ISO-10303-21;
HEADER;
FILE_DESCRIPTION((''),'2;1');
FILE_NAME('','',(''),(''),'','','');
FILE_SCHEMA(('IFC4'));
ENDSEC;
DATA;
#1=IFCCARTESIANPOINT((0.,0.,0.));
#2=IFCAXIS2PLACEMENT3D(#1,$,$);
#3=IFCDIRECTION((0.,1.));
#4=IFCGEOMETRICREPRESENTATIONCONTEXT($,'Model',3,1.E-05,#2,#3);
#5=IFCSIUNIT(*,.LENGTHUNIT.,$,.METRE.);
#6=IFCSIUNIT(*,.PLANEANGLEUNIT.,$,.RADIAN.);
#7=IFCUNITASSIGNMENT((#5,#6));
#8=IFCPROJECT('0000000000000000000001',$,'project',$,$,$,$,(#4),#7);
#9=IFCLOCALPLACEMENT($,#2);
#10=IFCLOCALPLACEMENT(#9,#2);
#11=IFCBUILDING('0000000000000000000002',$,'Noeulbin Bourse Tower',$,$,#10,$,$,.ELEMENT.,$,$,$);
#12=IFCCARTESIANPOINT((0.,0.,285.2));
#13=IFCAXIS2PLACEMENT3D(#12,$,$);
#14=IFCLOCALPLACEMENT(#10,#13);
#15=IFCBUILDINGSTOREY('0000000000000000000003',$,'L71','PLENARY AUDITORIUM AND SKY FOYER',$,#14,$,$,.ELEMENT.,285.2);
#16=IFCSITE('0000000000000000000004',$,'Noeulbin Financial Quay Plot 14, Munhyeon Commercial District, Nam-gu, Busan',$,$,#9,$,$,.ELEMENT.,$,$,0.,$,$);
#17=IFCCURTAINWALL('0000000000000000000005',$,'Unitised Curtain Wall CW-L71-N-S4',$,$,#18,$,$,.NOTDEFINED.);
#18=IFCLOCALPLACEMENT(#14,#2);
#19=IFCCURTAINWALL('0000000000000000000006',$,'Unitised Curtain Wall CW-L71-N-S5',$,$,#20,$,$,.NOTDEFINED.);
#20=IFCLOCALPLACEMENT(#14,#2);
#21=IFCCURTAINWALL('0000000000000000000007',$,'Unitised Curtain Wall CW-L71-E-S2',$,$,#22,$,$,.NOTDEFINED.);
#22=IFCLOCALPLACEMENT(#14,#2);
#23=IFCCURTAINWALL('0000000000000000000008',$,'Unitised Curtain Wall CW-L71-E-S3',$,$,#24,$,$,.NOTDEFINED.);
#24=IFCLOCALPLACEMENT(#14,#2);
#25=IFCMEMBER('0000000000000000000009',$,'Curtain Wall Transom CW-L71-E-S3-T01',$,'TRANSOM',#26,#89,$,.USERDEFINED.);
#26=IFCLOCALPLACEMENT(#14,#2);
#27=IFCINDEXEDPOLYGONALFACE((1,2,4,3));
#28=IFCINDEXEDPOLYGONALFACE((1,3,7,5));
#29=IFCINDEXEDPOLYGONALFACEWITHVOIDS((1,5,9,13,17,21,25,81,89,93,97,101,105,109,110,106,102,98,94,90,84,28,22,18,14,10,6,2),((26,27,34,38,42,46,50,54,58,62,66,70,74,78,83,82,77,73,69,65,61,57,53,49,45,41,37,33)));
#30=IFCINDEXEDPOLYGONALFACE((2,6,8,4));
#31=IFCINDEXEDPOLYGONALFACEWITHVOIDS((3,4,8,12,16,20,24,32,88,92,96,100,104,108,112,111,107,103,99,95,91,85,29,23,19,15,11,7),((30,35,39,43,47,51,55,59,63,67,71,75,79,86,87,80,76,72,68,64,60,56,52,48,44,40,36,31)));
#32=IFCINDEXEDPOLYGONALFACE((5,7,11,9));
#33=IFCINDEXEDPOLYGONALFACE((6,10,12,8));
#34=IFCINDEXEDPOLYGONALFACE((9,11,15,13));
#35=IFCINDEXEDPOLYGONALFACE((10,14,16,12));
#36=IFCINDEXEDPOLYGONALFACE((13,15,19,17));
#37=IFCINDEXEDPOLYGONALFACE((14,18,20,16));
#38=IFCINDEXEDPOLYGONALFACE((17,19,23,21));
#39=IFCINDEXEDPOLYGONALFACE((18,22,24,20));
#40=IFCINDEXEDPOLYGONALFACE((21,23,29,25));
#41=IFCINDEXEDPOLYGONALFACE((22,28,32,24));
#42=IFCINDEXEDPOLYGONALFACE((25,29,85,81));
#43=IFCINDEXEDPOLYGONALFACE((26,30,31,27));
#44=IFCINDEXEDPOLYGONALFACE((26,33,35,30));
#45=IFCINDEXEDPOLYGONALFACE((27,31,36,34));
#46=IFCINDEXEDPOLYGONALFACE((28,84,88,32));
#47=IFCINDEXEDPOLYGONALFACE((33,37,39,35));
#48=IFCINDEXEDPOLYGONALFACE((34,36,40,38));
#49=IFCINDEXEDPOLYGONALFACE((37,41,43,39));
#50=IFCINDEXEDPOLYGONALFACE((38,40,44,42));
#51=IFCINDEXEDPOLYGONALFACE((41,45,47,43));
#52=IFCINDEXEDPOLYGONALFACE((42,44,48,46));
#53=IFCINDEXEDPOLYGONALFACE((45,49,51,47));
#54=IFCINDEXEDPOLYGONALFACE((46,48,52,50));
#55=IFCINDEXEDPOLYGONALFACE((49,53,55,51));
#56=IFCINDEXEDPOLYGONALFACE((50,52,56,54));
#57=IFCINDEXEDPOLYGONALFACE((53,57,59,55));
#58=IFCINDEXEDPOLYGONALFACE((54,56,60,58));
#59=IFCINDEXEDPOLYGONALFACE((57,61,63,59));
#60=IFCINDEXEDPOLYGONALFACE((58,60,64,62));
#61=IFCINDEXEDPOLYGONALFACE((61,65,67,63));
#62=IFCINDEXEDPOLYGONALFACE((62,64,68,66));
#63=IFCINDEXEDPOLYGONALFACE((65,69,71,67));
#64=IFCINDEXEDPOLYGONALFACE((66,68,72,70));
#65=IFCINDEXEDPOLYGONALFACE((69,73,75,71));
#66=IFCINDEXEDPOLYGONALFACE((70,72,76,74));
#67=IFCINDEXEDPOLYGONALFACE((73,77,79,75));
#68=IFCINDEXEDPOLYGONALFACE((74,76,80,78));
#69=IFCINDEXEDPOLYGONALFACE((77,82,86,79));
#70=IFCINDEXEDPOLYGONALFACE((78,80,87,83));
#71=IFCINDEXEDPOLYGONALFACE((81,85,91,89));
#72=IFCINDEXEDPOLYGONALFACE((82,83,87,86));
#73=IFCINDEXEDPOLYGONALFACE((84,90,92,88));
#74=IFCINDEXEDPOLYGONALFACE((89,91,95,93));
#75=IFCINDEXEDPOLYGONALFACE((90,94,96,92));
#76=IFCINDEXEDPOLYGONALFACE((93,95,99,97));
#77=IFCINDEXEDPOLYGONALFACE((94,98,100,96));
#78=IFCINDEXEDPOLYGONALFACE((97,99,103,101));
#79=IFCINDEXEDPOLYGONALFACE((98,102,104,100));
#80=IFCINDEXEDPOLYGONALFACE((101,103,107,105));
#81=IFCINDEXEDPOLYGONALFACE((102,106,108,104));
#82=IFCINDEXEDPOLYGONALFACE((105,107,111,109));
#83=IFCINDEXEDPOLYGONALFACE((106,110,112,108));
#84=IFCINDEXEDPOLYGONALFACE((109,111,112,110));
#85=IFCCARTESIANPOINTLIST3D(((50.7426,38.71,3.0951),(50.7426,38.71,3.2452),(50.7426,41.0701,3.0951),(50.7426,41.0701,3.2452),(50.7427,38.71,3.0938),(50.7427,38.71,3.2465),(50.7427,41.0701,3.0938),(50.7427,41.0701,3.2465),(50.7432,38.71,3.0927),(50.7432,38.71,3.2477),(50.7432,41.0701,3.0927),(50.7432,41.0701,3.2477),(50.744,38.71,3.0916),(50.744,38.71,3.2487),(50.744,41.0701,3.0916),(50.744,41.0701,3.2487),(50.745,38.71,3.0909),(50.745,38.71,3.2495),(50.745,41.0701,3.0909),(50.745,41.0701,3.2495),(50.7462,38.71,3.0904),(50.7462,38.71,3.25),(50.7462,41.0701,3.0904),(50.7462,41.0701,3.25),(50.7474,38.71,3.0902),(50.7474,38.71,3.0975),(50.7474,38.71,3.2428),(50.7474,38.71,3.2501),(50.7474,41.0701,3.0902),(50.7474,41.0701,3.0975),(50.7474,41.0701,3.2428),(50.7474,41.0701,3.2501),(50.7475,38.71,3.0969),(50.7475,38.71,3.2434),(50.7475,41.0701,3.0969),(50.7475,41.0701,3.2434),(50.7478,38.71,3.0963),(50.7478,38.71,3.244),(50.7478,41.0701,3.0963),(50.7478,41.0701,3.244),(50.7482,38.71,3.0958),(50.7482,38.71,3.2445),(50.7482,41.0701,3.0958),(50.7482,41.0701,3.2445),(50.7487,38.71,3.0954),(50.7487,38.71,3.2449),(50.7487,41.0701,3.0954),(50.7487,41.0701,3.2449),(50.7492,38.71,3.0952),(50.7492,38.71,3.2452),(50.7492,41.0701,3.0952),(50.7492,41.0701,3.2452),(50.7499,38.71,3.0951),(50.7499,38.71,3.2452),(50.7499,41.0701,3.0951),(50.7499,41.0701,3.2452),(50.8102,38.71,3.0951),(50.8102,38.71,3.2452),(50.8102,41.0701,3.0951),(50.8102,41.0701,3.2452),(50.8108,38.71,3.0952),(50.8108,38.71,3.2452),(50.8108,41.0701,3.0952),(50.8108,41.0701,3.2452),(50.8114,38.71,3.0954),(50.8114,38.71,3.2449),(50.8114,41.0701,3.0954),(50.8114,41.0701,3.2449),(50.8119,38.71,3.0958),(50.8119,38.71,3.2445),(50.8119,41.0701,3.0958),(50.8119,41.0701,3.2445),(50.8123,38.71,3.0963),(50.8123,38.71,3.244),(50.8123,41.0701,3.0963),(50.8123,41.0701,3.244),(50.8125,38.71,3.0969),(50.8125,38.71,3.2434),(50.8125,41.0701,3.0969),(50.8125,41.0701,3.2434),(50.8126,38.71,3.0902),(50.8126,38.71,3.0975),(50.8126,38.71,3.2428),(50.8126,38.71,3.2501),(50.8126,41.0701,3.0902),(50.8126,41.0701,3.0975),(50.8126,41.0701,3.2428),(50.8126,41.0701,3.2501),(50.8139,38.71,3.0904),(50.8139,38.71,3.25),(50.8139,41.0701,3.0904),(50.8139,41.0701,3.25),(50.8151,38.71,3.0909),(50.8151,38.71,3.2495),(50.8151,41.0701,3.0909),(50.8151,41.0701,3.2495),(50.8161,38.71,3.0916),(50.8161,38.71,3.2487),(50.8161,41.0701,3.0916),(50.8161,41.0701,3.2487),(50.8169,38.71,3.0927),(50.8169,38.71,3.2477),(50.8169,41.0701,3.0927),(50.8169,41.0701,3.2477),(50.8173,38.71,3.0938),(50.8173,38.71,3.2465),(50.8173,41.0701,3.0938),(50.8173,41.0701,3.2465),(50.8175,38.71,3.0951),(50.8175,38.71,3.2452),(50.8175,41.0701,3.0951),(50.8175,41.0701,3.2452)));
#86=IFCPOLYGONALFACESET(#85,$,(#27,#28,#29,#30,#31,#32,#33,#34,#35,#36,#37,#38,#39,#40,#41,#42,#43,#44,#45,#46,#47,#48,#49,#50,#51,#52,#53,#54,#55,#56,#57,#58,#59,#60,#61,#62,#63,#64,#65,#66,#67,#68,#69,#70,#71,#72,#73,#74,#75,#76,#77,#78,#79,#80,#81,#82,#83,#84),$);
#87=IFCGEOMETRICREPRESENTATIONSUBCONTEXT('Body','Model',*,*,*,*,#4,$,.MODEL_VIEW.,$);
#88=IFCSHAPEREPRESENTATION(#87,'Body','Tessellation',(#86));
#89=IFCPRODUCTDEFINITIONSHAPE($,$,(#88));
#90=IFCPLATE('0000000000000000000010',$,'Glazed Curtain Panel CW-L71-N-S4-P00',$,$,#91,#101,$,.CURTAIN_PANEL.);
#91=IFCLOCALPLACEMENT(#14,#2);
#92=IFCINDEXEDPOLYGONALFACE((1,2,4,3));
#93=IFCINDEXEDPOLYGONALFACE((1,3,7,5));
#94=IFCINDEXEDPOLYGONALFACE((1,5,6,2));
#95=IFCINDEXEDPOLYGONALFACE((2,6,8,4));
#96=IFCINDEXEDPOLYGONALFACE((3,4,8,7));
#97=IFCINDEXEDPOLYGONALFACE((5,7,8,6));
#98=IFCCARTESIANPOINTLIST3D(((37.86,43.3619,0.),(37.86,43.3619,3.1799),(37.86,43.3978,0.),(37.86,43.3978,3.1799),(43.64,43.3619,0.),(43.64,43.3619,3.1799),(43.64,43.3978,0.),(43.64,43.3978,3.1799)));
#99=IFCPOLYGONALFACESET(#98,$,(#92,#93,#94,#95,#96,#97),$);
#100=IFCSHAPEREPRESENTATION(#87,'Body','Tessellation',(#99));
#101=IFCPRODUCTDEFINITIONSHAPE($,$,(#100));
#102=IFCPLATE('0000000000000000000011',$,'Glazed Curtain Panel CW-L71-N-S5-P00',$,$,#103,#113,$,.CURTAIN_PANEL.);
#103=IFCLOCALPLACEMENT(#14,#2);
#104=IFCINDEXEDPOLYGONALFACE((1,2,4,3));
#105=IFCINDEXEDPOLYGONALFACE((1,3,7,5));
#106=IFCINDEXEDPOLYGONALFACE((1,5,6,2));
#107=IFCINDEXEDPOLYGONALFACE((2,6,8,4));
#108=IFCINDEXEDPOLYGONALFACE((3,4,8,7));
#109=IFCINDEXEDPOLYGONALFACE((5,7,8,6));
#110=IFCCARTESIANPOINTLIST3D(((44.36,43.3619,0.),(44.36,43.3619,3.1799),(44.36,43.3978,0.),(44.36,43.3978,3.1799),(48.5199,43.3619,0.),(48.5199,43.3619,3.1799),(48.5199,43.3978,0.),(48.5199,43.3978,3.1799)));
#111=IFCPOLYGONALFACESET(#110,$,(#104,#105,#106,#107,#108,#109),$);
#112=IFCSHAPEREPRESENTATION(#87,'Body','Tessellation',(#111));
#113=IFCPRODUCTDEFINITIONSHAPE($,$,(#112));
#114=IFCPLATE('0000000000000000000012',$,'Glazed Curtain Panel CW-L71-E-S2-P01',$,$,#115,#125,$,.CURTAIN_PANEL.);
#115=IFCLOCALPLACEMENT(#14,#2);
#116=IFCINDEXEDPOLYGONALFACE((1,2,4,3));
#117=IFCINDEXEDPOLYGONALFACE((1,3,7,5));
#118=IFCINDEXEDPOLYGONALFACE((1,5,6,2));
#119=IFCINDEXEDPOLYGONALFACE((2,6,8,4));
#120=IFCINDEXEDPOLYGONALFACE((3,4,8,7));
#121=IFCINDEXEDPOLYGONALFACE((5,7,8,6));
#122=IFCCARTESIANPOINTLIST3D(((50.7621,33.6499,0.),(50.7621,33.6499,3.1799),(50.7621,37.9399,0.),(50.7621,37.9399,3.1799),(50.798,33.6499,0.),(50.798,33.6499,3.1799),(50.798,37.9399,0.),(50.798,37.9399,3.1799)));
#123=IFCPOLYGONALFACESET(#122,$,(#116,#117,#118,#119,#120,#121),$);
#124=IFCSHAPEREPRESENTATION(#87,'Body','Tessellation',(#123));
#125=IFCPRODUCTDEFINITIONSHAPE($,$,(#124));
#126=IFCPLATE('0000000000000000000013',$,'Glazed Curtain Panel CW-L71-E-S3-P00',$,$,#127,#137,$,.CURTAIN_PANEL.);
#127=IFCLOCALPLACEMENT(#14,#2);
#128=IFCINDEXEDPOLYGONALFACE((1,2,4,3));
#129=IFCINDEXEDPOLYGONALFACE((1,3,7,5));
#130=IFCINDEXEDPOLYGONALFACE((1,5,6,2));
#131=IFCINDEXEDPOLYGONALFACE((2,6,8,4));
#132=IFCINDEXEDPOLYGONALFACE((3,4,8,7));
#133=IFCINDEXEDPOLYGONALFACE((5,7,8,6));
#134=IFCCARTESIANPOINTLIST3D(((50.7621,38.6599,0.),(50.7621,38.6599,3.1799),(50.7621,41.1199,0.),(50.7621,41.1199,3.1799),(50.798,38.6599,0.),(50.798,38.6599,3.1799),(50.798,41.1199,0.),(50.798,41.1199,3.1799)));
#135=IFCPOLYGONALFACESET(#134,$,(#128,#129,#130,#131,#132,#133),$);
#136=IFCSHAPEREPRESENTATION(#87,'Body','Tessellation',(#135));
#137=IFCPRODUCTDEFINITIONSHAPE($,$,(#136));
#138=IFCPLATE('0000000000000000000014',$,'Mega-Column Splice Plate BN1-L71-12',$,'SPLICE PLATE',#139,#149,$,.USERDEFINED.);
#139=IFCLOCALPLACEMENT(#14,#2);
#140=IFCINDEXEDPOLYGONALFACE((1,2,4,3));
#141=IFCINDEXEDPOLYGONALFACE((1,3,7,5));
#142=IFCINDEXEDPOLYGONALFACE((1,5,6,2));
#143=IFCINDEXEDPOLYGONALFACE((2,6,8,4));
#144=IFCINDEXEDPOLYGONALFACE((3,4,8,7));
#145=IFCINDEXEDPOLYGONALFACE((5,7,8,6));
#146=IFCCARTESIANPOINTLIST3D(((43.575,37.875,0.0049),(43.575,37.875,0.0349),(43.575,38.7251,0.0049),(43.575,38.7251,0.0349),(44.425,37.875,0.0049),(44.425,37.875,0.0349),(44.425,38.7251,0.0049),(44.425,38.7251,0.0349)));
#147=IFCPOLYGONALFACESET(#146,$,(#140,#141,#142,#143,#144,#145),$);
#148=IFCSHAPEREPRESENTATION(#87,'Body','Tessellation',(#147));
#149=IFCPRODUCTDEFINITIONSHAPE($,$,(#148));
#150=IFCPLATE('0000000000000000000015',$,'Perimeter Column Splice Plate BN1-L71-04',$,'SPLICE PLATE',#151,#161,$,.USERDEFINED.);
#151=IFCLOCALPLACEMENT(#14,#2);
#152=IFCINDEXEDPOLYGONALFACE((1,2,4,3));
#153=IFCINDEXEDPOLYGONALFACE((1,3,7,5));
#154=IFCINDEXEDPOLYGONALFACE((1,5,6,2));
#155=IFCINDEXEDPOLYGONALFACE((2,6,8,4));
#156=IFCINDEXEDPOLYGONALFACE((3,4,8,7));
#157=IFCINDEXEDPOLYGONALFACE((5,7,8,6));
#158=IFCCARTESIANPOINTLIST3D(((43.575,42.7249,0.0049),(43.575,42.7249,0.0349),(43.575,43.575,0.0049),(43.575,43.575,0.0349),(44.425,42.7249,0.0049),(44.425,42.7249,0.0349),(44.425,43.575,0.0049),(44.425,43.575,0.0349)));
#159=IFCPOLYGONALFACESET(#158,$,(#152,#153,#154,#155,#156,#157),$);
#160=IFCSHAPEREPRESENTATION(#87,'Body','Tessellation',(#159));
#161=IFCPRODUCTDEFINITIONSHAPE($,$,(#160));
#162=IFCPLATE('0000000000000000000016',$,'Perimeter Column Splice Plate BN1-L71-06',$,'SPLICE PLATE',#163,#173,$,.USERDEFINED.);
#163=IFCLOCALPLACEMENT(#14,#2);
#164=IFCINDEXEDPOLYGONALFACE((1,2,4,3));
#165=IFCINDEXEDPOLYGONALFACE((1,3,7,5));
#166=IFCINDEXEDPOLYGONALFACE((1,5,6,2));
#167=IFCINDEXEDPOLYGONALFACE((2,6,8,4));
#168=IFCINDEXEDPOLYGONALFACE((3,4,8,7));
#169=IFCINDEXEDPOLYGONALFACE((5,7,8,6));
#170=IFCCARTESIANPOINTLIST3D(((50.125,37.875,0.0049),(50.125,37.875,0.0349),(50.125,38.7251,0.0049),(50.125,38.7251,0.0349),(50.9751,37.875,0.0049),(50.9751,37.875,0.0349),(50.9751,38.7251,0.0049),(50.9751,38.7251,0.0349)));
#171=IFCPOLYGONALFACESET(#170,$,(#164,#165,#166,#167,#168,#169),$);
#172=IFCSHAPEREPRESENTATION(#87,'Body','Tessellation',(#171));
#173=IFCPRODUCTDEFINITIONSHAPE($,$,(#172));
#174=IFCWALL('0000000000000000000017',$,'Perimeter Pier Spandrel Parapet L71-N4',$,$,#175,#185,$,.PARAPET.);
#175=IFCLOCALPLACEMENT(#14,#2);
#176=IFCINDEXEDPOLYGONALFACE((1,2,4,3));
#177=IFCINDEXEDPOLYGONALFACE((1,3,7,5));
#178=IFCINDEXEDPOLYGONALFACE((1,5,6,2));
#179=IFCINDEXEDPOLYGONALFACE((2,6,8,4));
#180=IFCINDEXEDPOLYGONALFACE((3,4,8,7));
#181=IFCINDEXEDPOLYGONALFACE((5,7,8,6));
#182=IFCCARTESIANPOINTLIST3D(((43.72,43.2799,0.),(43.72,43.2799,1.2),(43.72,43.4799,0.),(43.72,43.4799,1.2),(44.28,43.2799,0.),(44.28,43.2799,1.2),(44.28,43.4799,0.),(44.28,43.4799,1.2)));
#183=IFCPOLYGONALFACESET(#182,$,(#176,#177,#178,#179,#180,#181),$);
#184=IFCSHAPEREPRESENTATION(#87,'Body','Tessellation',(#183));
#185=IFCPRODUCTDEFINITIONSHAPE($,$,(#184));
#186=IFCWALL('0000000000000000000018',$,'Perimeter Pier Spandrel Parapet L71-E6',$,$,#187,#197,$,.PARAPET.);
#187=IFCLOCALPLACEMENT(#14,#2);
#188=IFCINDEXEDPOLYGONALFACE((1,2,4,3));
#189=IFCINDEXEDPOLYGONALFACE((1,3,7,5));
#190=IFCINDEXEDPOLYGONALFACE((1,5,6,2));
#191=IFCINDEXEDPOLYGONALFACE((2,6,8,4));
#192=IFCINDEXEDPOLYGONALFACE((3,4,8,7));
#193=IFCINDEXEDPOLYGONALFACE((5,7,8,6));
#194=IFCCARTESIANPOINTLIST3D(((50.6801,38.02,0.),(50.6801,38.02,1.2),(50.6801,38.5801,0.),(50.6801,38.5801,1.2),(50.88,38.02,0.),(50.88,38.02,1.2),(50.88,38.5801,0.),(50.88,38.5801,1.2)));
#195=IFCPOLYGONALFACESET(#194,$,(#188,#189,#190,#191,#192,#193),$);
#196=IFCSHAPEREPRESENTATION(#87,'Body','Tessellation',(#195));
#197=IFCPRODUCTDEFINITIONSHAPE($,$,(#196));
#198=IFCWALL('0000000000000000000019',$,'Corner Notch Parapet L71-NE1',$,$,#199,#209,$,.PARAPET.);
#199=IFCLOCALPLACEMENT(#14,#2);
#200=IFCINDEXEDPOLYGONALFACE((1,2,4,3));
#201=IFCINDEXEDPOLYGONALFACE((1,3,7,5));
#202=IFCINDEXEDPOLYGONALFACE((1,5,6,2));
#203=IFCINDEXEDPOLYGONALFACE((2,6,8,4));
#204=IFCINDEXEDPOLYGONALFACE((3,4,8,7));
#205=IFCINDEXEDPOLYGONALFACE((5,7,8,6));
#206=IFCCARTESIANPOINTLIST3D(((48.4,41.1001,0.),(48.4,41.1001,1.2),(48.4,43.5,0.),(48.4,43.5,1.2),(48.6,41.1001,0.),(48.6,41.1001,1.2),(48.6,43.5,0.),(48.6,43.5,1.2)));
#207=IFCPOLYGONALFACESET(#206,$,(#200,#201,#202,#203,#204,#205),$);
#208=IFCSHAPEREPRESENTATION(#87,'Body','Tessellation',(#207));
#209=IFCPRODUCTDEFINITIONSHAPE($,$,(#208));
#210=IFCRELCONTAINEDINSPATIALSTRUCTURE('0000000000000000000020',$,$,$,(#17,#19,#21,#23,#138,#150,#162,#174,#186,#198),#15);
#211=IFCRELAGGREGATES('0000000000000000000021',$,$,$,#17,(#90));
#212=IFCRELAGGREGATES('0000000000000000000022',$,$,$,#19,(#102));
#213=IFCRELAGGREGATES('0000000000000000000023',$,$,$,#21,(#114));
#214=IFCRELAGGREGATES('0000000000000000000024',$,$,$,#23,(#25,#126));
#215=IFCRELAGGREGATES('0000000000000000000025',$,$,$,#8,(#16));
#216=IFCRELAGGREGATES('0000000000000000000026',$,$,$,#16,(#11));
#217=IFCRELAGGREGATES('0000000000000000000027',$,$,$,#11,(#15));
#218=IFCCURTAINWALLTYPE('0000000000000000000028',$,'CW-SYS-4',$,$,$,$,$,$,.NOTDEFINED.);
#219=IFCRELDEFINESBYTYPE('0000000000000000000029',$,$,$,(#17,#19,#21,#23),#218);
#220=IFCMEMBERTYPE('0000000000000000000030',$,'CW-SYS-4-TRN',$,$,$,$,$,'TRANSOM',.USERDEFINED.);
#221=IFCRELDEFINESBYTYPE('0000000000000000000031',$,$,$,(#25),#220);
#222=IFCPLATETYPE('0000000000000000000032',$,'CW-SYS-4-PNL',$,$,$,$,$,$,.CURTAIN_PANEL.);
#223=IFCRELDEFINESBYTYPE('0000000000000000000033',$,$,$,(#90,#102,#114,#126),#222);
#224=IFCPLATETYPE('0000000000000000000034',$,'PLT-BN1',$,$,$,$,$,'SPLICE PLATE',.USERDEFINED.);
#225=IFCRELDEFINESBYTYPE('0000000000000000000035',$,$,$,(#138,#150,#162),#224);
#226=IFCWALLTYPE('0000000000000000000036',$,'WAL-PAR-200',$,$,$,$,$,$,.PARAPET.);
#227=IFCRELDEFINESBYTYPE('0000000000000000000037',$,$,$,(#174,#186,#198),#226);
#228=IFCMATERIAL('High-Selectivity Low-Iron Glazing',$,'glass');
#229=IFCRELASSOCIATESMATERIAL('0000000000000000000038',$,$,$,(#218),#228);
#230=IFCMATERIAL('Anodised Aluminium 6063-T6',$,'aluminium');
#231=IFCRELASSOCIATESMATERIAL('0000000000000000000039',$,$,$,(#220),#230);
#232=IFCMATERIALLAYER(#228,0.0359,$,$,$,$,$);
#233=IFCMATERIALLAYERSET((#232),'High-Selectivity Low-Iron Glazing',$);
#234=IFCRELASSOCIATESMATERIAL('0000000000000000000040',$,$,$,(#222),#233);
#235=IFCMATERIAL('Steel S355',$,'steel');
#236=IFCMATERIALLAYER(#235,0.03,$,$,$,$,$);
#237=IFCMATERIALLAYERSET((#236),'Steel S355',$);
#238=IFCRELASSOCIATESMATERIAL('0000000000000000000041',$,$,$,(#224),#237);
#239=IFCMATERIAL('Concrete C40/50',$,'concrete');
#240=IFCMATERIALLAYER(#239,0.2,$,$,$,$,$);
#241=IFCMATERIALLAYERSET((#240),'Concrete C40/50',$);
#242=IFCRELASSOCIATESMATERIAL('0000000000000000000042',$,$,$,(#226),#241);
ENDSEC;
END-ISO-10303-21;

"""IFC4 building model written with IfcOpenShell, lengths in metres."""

from ifc_helpers import new_model, si_unit, direction, frame, frame_2d, origin, origin_2d, place, context, subcontext, project, spatial, rectangle, hollow_rectangle, extrude, material, layer, layer_set, material_profile, profile_set, type_object, element, aggregate, save


model = new_model("IFC4")

# Units and contexts
model_context = context("Model", 3, precision=1e-05, world=origin(), true_north=direction((0.0, 1.0)))
body_context = subcontext(model_context, "Body", "Model", "MODEL_VIEW")
ifc_project = project(units=[si_unit("LENGTHUNIT", "METRE"), si_unit("PLANEANGLEUNIT", "RADIAN")], contexts=[model_context])

# Site, building, storey
site_placement = place(None, origin())
site = spatial("IfcSite", under=ifc_project, at=site_placement, Name="Noeulbin Financial Quay Plot 14, Munhyeon Commercial District, Nam-gu, Busan", CompositionType="ELEMENT", RefElevation=0.0)
building_placement = place(site_placement, origin())
building = spatial("IfcBuilding", under=site, at=building_placement, Name="Noeulbin Bourse Tower", CompositionType="ELEMENT")
storey_placement = place(building_placement, frame((0.0, 0.0, 285.2)))
storey = spatial("IfcBuildingStorey", under=building, at=storey_placement, Name="L71", Description="PLENARY AUDITORIUM AND SKY FOYER", CompositionType="ELEMENT", Elevation=285.2)

# Shared definitions
ifc_material_1 = material(Name="Steel S355", Category="steel")

# Curtain wall
ifc_material_2 = material(Name="High-Selectivity Low-Iron Glazing", Category="glass")
curtain_wall_type = type_object("IfcCurtainWallType", Name="CW-SYS-4", PredefinedType="NOTDEFINED", material=ifc_material_2)
curtain_wall_1_placement = place(storey_placement, origin())
curtain_wall_1 = element("IfcCurtainWall", 1, at=curtain_wall_1_placement, inside=storey, type_object=curtain_wall_type, Name="Unitised Curtain Wall CW-L71-N-S4", PredefinedType="NOTDEFINED")
ifc_material_3 = material(Name="Anodised Aluminium 6063-T6", Category="aluminium")

# Curtain walls
curtain_wall_2_placement = place(storey_placement, origin())
curtain_wall_2 = element("IfcCurtainWall", 2, at=curtain_wall_2_placement, inside=storey, type_object=curtain_wall_type, Name="Unitised Curtain Wall CW-L71-N-S5", PredefinedType="NOTDEFINED")
curtain_wall_3_placement = place(storey_placement, origin())
curtain_wall_3 = element("IfcCurtainWall", 3, at=curtain_wall_3_placement, inside=storey, type_object=curtain_wall_type, Name="Unitised Curtain Wall CW-L71-E-S2", PredefinedType="NOTDEFINED")
curtain_wall_4_placement = place(storey_placement, origin())
curtain_wall_4 = element("IfcCurtainWall", 4, at=curtain_wall_4_placement, inside=storey, type_object=curtain_wall_type, Name="Unitised Curtain Wall CW-L71-E-S3", PredefinedType="NOTDEFINED")

# Member
ifc_material_profile_1 = material_profile(ifc_material_3, hollow_rectangle(XDim=0.075, YDim=0.1599, WallThickness=0.0049, InnerFilletRadius=0.0024, OuterFilletRadius=0.0049, at=origin_2d()), Name="ALU-TRAN-75x160x5", Category="LoadBearing")
ifc_profile_set_1 = profile_set([ifc_material_profile_1], Name="Anodised Aluminium 6063-T6")
member_type_1 = type_object("IfcMemberType", Name="CW-SYS-4-TRN", ElementType="TRANSOM", PredefinedType="USERDEFINED", material=ifc_profile_set_1)
member_1_placement = place(storey_placement, frame((50.78, 38.71, 3.1702), z_axis=(0.0, 1.0, 0.0), x_axis=(-1.0, 0.0, 0.0)))
member_1 = element("IfcMember", 5, at=member_1_placement, type_object=member_type_1, Name="Curtain Wall Transom CW-L71-E-S3-T01", ObjectType="TRANSOM", PredefinedType="USERDEFINED", context=body_context, shape_type="SweptSolid", body=[
    extrude(hollow_rectangle(XDim=0.075, YDim=0.1599, WallThickness=0.0049, InnerFilletRadius=0.0024, OuterFilletRadius=0.0049, at=origin_2d()), origin(), (0.0, 0.0, 1.0), 2.3601),
])

# Plates
ifc_layer_1 = layer(ifc_material_2, 0.0359)
ifc_layer_set_1 = layer_set([ifc_layer_1], Name="High-Selectivity Low-Iron Glazing")
plate_type_1 = type_object("IfcPlateType", Name="CW-SYS-4-PNL", PredefinedType="CURTAIN_PANEL", material=ifc_layer_set_1)
plate_1_placement = place(storey_placement, frame((40.75, 43.3799, 0.0), z_axis=(0.0, 0.0, 1.0), x_axis=(1.0, 0.0, 0.0)))
plate_1 = element("IfcPlate", 6, at=plate_1_placement, type_object=plate_type_1, Name="Glazed Curtain Panel CW-L71-N-S4-P00", PredefinedType="CURTAIN_PANEL", context=body_context, shape_type="SweptSolid", body=[
    extrude(rectangle(XDim=5.78, YDim=0.0359, at=origin_2d()), origin(), (0.0, 0.0, 1.0), 3.1799),
])
aggregate(curtain_wall_1, [plate_1])
plate_2_placement = place(storey_placement, frame((46.4399, 43.3799, 0.0), z_axis=(0.0, 0.0, 1.0), x_axis=(1.0, 0.0, 0.0)))
plate_2 = element("IfcPlate", 7, at=plate_2_placement, type_object=plate_type_1, Name="Glazed Curtain Panel CW-L71-N-S5-P00", PredefinedType="CURTAIN_PANEL", context=body_context, shape_type="SweptSolid", body=[
    extrude(rectangle(XDim=4.1599, YDim=0.0359, at=origin_2d()), origin(), (0.0, 0.0, 1.0), 3.1799),
])
aggregate(curtain_wall_2, [plate_2])
plate_3_placement = place(storey_placement, frame((50.78, 35.7949, 0.0), z_axis=(0.0, 0.0, 1.0), x_axis=(0.0, 1.0, 0.0)))
plate_3 = element("IfcPlate", 8, at=plate_3_placement, type_object=plate_type_1, Name="Glazed Curtain Panel CW-L71-E-S2-P01", PredefinedType="CURTAIN_PANEL", context=body_context, shape_type="SweptSolid", body=[
    extrude(rectangle(XDim=4.29, YDim=0.0359, at=origin_2d()), origin(), (0.0, 0.0, 1.0), 3.1799),
])
aggregate(curtain_wall_3, [plate_3])
plate_4_placement = place(storey_placement, frame((50.78, 39.8899, 0.0), z_axis=(0.0, 0.0, 1.0), x_axis=(0.0, 1.0, 0.0)))
plate_4 = element("IfcPlate", 9, at=plate_4_placement, type_object=plate_type_1, Name="Glazed Curtain Panel CW-L71-E-S3-P00", PredefinedType="CURTAIN_PANEL", context=body_context, shape_type="SweptSolid", body=[
    extrude(rectangle(XDim=2.46, YDim=0.0359, at=origin_2d()), origin(), (0.0, 0.0, 1.0), 3.1799),
])
aggregate(curtain_wall_4, [member_1, plate_4])

# Plates
ifc_layer_2 = layer(ifc_material_1, 0.03)
ifc_layer_set_2 = layer_set([ifc_layer_2], Name="Steel S355")
plate_type_2 = type_object("IfcPlateType", Name="PLT-BN1", ElementType="SPLICE PLATE", PredefinedType="USERDEFINED", material=ifc_layer_set_2)
for number, where, z_axis, x_axis, name in (
    (10, (44.0, 38.3, 0.0049), (0.0, 0.0, 1.0), (1.0, 0.0, 0.0), "Mega-Column Splice Plate BN1-L71-12"),
    (11, (44.0, 43.1499, 0.0049), (0.0, 0.0, 1.0), (1.0, 0.0, 0.0), "Perimeter Column Splice Plate BN1-L71-04"),
    (12, (50.55, 38.3, 0.0049), (0.0, 0.0, 1.0), (1.0, 0.0, 0.0), "Perimeter Column Splice Plate BN1-L71-06"),
):
    element("IfcPlate", number, at=place(storey_placement, frame(where, z_axis=z_axis, x_axis=x_axis)), inside=storey, type_object=plate_type_2, Name=name, ObjectType="SPLICE PLATE", PredefinedType="USERDEFINED", context=body_context, shape_type="SweptSolid", body=[
        extrude(rectangle(XDim=0.8501, YDim=0.8501, at=origin_2d()), origin(), (0.0, 0.0, 1.0), 0.03),
    ])

# Walls
ifc_material_4 = material(Name="Concrete C40/50", Category="concrete")
ifc_layer_3 = layer(ifc_material_4, 0.2)
ifc_layer_set_3 = layer_set([ifc_layer_3], Name="Concrete C40/50")
wall_type_1 = type_object("IfcWallType", Name="WAL-PAR-200", PredefinedType="PARAPET", material=ifc_layer_set_3)
for number, where, z_axis, x_axis, name in (
    (13, (43.72, 43.3799, 0.0), (0.0, 0.0, 1.0), (1.0, 0.0, 0.0), "Perimeter Pier Spandrel Parapet L71-N4"),
    (14, (50.78, 38.02, 0.0), (0.0, 0.0, 1.0), (0.0, 1.0, 0.0), "Perimeter Pier Spandrel Parapet L71-E6"),
):
    element("IfcWall", number, at=place(storey_placement, frame(where, z_axis=z_axis, x_axis=x_axis)), inside=storey, type_object=wall_type_1, Name=name, PredefinedType="PARAPET", context=body_context, shape_type="SweptSolid", body=[
        extrude(rectangle(XDim=0.5601, YDim=0.2, at=frame_2d((0.28, 0.0))), origin(), (0.0, 0.0, 1.0), 1.2),
    ])
for number, where, z_axis, x_axis, name in (
    (15, (48.5, 43.5, 0.0), (0.0, 0.0, 1.0), (0.0, -1.0, 0.0), "Corner Notch Parapet L71-NE1"),
):
    element("IfcWall", number, at=place(storey_placement, frame(where, z_axis=z_axis, x_axis=x_axis)), inside=storey, type_object=wall_type_1, Name=name, PredefinedType="PARAPET", context=body_context, shape_type="SweptSolid", body=[
        extrude(rectangle(XDim=2.3999, YDim=0.2, at=frame_2d((1.2, 0.0))), origin(), (0.0, 0.0, 1.0), 1.2),
    ])

save(model, "model.ifc")
